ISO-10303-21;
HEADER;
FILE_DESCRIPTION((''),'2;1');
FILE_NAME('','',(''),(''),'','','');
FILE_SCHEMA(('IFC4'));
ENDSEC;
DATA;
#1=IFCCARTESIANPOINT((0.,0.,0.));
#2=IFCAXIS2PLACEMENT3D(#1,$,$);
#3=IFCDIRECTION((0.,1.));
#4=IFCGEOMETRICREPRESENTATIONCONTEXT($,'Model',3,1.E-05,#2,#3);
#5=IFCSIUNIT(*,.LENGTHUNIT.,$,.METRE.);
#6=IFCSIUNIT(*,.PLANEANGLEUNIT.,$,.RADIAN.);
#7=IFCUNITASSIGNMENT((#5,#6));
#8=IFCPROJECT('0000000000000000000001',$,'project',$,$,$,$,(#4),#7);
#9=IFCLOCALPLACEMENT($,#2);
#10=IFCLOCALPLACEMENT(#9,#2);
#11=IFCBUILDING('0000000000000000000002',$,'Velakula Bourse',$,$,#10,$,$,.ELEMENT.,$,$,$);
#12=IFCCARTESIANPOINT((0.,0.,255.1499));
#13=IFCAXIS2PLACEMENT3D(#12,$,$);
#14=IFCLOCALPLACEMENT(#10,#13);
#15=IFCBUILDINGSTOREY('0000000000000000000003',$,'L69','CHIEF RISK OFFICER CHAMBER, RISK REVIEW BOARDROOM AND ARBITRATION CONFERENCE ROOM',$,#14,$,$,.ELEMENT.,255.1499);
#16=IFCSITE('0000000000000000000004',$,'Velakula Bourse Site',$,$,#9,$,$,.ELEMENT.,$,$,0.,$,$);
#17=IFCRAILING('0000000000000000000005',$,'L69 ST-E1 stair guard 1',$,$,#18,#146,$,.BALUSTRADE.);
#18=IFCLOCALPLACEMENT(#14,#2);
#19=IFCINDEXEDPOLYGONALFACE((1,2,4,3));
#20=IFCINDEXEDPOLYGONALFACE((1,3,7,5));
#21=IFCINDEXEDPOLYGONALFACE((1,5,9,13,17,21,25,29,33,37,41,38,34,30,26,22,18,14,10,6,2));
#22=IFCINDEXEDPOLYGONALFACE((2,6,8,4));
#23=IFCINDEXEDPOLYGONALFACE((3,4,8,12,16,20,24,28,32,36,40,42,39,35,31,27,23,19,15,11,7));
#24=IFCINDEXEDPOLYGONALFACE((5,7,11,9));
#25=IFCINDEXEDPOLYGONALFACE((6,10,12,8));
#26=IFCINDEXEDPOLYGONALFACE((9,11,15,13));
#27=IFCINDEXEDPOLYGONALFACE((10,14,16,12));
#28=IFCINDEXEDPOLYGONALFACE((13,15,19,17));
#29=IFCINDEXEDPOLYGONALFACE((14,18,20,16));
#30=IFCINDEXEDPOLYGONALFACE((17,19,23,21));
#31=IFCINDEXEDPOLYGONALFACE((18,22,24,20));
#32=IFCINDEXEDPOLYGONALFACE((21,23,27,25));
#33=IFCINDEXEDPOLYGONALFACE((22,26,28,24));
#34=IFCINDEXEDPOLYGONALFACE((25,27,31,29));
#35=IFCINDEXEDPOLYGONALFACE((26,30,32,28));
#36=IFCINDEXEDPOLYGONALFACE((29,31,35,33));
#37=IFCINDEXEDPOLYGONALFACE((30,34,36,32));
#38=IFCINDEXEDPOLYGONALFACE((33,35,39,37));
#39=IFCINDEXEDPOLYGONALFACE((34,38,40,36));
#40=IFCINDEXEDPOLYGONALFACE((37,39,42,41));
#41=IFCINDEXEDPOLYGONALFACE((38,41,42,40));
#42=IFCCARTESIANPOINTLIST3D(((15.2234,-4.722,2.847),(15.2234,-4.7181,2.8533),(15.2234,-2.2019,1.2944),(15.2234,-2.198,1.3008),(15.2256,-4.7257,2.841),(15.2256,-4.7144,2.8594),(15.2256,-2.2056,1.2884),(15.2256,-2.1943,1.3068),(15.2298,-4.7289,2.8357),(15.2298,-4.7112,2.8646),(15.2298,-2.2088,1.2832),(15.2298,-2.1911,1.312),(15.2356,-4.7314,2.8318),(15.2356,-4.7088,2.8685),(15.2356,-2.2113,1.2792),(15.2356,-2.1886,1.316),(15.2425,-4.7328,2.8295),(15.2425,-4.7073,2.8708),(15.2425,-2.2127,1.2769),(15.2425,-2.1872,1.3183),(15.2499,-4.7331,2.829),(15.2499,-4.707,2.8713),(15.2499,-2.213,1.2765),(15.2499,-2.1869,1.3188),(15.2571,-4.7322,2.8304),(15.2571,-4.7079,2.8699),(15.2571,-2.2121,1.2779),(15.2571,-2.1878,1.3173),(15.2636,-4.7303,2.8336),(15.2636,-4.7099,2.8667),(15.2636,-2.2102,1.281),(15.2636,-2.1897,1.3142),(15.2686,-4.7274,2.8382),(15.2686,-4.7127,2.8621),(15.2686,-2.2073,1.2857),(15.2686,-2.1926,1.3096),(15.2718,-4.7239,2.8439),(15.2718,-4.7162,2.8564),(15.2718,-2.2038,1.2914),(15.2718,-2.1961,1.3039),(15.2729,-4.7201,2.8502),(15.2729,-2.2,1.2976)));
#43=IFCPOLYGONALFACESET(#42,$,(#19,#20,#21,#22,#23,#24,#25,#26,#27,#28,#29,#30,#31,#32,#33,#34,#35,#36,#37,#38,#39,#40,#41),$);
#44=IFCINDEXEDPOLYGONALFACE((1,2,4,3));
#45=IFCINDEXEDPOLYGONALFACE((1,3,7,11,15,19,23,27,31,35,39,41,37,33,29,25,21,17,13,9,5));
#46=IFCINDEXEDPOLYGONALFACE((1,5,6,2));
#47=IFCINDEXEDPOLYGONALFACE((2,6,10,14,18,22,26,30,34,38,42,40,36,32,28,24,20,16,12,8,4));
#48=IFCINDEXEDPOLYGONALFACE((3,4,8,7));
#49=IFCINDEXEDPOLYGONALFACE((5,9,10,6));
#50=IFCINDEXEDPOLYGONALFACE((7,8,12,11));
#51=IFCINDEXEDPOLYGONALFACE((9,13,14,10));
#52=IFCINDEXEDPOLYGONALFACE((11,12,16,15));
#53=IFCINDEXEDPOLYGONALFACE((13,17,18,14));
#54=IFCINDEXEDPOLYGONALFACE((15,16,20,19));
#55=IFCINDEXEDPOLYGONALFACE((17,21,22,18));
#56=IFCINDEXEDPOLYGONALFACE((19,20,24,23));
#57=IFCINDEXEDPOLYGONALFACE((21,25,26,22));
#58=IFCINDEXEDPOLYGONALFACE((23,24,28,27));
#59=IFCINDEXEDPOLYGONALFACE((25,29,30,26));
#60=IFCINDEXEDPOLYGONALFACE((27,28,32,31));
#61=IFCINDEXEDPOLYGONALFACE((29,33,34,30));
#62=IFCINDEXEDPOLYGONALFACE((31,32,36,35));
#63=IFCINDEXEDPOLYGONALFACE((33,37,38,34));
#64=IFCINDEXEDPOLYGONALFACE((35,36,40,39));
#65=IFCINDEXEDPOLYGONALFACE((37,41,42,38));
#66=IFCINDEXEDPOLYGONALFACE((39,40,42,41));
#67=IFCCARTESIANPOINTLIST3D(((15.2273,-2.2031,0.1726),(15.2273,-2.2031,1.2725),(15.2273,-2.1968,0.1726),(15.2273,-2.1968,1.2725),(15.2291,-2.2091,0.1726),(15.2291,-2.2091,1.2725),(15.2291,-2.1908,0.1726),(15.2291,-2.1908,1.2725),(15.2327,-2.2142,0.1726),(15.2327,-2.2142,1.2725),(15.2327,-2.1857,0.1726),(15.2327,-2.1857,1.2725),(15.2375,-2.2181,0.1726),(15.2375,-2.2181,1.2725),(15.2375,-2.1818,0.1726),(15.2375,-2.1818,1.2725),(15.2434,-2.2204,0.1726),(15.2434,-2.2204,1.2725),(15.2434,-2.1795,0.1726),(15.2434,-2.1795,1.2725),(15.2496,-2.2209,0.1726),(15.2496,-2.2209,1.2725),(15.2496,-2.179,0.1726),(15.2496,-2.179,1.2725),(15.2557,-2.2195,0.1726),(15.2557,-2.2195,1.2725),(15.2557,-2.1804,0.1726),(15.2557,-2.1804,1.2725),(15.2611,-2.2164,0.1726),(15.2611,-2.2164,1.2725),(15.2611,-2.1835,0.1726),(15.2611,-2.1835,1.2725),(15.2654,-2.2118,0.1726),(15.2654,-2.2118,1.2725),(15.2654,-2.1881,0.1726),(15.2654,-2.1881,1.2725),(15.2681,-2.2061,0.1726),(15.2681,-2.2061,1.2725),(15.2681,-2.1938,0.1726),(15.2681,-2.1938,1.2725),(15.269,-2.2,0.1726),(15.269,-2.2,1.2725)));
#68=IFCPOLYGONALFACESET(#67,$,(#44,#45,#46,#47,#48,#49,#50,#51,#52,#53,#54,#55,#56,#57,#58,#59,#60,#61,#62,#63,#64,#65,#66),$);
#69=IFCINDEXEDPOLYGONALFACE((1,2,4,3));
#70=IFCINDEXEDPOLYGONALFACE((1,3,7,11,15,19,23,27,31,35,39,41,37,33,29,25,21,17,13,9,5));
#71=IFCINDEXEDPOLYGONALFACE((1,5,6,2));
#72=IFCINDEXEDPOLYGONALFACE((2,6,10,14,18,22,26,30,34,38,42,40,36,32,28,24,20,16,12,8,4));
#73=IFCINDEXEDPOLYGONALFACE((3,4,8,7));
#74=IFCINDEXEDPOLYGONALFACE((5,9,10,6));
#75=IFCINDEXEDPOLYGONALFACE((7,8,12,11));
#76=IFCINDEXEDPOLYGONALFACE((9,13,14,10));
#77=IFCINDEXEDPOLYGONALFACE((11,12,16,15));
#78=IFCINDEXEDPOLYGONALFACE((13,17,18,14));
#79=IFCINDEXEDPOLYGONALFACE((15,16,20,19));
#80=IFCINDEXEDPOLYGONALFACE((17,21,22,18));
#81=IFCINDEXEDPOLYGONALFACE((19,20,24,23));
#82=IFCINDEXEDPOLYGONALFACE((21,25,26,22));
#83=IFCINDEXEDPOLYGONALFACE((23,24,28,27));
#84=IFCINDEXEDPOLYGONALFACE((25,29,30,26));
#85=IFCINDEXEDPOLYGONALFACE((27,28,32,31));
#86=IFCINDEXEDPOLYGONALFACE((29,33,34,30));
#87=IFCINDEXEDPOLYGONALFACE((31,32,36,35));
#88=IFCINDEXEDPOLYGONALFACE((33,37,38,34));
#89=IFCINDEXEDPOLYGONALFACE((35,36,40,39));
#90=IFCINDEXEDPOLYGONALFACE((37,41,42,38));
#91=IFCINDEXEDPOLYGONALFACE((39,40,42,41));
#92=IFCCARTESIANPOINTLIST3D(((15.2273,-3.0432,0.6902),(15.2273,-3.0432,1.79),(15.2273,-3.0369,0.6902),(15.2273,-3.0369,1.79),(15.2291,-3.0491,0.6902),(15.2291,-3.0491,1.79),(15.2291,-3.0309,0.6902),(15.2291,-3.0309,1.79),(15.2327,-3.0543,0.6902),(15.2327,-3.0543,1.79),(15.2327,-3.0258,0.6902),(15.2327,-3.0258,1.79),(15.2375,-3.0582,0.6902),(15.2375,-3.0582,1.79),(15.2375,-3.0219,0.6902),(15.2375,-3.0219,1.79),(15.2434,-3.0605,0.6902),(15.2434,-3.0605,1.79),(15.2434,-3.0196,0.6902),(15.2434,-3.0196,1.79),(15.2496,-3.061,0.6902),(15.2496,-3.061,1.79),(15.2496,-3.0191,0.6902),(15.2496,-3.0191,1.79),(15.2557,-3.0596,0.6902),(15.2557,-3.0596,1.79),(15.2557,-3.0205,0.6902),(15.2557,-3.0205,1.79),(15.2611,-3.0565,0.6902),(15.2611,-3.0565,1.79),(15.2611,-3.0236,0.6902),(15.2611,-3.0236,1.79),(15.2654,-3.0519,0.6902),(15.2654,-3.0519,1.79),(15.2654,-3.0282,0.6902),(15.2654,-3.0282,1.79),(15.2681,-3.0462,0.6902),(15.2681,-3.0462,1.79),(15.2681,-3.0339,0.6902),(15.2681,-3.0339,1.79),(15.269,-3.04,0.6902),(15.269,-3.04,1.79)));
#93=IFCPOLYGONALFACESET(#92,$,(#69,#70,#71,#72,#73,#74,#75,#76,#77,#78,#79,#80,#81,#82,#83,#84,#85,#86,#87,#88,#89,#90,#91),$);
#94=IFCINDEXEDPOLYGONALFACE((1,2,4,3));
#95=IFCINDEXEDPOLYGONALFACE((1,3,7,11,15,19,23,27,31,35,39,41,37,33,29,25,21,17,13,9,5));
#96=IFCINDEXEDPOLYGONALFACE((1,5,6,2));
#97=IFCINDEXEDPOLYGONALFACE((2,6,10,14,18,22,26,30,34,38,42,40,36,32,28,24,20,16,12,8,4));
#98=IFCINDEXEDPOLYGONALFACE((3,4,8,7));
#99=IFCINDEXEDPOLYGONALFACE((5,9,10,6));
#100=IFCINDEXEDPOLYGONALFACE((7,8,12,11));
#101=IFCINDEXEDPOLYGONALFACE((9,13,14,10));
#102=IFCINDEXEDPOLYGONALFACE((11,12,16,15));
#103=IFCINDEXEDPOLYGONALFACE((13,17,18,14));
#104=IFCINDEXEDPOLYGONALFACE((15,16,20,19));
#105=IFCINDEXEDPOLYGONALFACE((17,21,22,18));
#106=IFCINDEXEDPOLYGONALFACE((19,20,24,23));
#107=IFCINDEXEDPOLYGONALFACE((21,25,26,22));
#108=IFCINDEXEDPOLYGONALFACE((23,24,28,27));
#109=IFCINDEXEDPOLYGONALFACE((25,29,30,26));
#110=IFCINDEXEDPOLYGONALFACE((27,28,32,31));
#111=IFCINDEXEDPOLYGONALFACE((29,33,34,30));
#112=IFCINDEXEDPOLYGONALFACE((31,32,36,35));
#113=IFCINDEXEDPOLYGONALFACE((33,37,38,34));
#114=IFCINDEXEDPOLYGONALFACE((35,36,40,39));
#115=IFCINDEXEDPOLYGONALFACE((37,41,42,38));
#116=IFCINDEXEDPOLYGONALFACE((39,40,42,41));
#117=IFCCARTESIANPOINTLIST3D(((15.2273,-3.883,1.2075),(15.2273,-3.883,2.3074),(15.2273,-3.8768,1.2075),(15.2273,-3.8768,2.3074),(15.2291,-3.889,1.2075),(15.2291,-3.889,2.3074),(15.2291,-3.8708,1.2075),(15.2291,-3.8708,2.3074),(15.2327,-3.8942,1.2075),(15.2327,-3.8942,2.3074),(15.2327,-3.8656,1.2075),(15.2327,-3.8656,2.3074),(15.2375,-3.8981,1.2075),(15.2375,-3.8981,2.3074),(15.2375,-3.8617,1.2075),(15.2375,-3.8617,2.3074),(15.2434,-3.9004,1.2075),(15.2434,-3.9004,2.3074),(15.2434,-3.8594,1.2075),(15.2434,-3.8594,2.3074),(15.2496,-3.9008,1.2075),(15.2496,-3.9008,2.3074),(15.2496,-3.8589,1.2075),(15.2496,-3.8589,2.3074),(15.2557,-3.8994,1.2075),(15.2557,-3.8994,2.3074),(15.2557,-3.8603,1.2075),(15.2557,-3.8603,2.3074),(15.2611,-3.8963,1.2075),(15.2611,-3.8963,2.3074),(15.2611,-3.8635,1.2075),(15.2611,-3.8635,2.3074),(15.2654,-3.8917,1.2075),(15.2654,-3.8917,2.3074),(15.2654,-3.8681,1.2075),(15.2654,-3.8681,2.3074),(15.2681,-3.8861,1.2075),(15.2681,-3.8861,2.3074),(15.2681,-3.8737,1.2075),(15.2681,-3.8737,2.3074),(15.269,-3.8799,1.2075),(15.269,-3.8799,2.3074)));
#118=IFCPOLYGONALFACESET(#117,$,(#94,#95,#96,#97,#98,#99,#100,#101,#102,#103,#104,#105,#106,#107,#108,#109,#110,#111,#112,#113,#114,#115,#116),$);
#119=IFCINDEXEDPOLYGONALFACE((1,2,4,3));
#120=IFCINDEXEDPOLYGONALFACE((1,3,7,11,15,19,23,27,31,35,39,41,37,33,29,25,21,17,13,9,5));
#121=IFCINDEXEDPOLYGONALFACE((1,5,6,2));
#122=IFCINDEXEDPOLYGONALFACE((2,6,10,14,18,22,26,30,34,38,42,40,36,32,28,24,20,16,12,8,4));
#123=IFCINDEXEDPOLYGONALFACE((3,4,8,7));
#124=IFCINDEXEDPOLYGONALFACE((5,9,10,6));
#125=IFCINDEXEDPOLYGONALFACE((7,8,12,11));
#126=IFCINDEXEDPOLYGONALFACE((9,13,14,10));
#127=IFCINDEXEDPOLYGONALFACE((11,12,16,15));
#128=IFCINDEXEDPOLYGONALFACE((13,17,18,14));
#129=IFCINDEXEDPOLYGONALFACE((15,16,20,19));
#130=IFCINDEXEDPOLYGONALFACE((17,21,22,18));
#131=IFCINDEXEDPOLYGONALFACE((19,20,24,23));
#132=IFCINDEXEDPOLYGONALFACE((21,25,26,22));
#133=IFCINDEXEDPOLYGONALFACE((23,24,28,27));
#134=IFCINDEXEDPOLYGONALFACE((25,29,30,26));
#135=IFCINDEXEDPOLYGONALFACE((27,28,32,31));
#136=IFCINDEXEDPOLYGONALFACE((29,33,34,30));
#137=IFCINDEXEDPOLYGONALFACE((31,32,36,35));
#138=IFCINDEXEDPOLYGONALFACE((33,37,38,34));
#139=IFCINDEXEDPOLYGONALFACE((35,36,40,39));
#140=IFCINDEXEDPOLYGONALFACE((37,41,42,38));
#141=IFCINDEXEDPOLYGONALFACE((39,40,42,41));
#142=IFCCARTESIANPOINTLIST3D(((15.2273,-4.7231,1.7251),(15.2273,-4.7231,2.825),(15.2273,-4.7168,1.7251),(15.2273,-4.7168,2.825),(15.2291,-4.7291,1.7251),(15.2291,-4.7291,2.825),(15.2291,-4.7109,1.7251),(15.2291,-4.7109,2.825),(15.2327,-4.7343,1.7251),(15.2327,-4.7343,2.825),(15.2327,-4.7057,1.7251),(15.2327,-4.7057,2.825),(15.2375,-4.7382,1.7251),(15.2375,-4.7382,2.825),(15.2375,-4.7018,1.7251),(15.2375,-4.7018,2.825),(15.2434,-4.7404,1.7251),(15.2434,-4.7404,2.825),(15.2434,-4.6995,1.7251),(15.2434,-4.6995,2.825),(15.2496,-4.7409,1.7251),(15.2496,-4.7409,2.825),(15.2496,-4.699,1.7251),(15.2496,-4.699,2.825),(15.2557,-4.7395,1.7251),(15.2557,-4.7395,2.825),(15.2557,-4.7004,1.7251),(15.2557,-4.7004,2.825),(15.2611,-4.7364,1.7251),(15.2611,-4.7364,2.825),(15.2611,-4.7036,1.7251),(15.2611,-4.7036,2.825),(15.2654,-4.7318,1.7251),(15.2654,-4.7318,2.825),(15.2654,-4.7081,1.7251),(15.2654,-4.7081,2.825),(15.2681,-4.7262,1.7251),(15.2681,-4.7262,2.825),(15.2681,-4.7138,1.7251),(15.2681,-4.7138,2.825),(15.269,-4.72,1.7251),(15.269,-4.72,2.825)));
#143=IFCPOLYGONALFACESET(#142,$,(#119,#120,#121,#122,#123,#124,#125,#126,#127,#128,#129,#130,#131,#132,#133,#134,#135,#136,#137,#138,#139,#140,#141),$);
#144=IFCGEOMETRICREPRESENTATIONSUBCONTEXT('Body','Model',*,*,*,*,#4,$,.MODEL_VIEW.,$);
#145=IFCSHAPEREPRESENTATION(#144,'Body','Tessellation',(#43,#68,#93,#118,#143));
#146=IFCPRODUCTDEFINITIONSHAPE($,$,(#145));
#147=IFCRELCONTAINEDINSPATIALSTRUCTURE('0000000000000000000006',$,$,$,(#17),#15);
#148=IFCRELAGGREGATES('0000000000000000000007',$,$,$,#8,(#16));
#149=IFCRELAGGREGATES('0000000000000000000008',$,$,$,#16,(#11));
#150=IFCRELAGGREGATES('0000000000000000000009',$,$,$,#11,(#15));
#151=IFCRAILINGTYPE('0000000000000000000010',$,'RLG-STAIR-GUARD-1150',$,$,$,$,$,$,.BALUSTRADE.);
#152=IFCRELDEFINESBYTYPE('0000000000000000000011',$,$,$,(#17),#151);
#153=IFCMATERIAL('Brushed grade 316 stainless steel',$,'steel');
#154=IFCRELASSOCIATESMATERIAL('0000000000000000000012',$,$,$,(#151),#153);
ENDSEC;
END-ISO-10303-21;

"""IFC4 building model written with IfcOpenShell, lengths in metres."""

from ifc_helpers import new_model, si_unit, direction, frame, origin, origin_2d, place, context, subcontext, project, spatial, circle, extrude, material, type_object, element, save


model = new_model("IFC4")

# Units and contexts
model_context = context("Model", 3, precision=1e-05, world=origin(), true_north=direction((0.0, 1.0)))
body_context = subcontext(model_context, "Body", "Model", "MODEL_VIEW")
ifc_project = project(units=[si_unit("LENGTHUNIT", "METRE"), si_unit("PLANEANGLEUNIT", "RADIAN")], contexts=[model_context])

# Site, building, storey
site_placement = place(None, origin())
site = spatial("IfcSite", under=ifc_project, at=site_placement, Name="Velakula Bourse Site", CompositionType="ELEMENT", RefElevation=0.0)
building_placement = place(site_placement, origin())
building = spatial("IfcBuilding", under=site, at=building_placement, Name="Velakula Bourse", CompositionType="ELEMENT")
storey_placement = place(building_placement, frame((0.0, 0.0, 255.1499)))
storey = spatial("IfcBuildingStorey", under=building, at=storey_placement, Name="L69", Description="CHIEF RISK OFFICER CHAMBER, RISK REVIEW BOARDROOM AND ARBITRATION CONFERENCE ROOM", CompositionType="ELEMENT", Elevation=255.1499)

# Shared definitions
ifc_material_1 = material(Name="Brushed grade 316 stainless steel", Category="steel")

# Railing
railing_type_1 = type_object("IfcRailingType", Name="RLG-STAIR-GUARD-1150", PredefinedType="BALUSTRADE", material=ifc_material_1)
railing_1_placement = place(storey_placement, frame((15.248, -2.2, 0.1726)))
element("IfcRailing", 1, at=railing_1_placement, inside=storey, type_object=railing_type_1, Name="L69 ST-E1 stair guard 1", PredefinedType="BALUSTRADE", context=body_context, shape_type="SweptSolid", body=[
    extrude(circle(Radius=0.0249, at=origin_2d()), frame((0.0, 0.0, 1.125), z_axis=(0.0, -0.8514, 0.524516), x_axis=(1.0, 0.0, 0.0)), (0.0, 0.0, 1.0), 2.96),
    extrude(circle(Radius=0.021, at=origin_2d()), origin(), (0.0, 0.0, 1.0), 1.0999),
    extrude(circle(Radius=0.021, at=origin_2d()), frame((0.0, -0.8401, 0.5176)), (0.0, 0.0, 1.0), 1.0999),
    extrude(circle(Radius=0.021, at=origin_2d()), frame((0.0, -1.6799, 1.0349)), (0.0, 0.0, 1.0), 1.0999),
    extrude(circle(Radius=0.021, at=origin_2d()), frame((0.0, -2.52, 1.5525)), (0.0, 0.0, 1.0), 1.0999),
])

save(model, "model.ifc")
